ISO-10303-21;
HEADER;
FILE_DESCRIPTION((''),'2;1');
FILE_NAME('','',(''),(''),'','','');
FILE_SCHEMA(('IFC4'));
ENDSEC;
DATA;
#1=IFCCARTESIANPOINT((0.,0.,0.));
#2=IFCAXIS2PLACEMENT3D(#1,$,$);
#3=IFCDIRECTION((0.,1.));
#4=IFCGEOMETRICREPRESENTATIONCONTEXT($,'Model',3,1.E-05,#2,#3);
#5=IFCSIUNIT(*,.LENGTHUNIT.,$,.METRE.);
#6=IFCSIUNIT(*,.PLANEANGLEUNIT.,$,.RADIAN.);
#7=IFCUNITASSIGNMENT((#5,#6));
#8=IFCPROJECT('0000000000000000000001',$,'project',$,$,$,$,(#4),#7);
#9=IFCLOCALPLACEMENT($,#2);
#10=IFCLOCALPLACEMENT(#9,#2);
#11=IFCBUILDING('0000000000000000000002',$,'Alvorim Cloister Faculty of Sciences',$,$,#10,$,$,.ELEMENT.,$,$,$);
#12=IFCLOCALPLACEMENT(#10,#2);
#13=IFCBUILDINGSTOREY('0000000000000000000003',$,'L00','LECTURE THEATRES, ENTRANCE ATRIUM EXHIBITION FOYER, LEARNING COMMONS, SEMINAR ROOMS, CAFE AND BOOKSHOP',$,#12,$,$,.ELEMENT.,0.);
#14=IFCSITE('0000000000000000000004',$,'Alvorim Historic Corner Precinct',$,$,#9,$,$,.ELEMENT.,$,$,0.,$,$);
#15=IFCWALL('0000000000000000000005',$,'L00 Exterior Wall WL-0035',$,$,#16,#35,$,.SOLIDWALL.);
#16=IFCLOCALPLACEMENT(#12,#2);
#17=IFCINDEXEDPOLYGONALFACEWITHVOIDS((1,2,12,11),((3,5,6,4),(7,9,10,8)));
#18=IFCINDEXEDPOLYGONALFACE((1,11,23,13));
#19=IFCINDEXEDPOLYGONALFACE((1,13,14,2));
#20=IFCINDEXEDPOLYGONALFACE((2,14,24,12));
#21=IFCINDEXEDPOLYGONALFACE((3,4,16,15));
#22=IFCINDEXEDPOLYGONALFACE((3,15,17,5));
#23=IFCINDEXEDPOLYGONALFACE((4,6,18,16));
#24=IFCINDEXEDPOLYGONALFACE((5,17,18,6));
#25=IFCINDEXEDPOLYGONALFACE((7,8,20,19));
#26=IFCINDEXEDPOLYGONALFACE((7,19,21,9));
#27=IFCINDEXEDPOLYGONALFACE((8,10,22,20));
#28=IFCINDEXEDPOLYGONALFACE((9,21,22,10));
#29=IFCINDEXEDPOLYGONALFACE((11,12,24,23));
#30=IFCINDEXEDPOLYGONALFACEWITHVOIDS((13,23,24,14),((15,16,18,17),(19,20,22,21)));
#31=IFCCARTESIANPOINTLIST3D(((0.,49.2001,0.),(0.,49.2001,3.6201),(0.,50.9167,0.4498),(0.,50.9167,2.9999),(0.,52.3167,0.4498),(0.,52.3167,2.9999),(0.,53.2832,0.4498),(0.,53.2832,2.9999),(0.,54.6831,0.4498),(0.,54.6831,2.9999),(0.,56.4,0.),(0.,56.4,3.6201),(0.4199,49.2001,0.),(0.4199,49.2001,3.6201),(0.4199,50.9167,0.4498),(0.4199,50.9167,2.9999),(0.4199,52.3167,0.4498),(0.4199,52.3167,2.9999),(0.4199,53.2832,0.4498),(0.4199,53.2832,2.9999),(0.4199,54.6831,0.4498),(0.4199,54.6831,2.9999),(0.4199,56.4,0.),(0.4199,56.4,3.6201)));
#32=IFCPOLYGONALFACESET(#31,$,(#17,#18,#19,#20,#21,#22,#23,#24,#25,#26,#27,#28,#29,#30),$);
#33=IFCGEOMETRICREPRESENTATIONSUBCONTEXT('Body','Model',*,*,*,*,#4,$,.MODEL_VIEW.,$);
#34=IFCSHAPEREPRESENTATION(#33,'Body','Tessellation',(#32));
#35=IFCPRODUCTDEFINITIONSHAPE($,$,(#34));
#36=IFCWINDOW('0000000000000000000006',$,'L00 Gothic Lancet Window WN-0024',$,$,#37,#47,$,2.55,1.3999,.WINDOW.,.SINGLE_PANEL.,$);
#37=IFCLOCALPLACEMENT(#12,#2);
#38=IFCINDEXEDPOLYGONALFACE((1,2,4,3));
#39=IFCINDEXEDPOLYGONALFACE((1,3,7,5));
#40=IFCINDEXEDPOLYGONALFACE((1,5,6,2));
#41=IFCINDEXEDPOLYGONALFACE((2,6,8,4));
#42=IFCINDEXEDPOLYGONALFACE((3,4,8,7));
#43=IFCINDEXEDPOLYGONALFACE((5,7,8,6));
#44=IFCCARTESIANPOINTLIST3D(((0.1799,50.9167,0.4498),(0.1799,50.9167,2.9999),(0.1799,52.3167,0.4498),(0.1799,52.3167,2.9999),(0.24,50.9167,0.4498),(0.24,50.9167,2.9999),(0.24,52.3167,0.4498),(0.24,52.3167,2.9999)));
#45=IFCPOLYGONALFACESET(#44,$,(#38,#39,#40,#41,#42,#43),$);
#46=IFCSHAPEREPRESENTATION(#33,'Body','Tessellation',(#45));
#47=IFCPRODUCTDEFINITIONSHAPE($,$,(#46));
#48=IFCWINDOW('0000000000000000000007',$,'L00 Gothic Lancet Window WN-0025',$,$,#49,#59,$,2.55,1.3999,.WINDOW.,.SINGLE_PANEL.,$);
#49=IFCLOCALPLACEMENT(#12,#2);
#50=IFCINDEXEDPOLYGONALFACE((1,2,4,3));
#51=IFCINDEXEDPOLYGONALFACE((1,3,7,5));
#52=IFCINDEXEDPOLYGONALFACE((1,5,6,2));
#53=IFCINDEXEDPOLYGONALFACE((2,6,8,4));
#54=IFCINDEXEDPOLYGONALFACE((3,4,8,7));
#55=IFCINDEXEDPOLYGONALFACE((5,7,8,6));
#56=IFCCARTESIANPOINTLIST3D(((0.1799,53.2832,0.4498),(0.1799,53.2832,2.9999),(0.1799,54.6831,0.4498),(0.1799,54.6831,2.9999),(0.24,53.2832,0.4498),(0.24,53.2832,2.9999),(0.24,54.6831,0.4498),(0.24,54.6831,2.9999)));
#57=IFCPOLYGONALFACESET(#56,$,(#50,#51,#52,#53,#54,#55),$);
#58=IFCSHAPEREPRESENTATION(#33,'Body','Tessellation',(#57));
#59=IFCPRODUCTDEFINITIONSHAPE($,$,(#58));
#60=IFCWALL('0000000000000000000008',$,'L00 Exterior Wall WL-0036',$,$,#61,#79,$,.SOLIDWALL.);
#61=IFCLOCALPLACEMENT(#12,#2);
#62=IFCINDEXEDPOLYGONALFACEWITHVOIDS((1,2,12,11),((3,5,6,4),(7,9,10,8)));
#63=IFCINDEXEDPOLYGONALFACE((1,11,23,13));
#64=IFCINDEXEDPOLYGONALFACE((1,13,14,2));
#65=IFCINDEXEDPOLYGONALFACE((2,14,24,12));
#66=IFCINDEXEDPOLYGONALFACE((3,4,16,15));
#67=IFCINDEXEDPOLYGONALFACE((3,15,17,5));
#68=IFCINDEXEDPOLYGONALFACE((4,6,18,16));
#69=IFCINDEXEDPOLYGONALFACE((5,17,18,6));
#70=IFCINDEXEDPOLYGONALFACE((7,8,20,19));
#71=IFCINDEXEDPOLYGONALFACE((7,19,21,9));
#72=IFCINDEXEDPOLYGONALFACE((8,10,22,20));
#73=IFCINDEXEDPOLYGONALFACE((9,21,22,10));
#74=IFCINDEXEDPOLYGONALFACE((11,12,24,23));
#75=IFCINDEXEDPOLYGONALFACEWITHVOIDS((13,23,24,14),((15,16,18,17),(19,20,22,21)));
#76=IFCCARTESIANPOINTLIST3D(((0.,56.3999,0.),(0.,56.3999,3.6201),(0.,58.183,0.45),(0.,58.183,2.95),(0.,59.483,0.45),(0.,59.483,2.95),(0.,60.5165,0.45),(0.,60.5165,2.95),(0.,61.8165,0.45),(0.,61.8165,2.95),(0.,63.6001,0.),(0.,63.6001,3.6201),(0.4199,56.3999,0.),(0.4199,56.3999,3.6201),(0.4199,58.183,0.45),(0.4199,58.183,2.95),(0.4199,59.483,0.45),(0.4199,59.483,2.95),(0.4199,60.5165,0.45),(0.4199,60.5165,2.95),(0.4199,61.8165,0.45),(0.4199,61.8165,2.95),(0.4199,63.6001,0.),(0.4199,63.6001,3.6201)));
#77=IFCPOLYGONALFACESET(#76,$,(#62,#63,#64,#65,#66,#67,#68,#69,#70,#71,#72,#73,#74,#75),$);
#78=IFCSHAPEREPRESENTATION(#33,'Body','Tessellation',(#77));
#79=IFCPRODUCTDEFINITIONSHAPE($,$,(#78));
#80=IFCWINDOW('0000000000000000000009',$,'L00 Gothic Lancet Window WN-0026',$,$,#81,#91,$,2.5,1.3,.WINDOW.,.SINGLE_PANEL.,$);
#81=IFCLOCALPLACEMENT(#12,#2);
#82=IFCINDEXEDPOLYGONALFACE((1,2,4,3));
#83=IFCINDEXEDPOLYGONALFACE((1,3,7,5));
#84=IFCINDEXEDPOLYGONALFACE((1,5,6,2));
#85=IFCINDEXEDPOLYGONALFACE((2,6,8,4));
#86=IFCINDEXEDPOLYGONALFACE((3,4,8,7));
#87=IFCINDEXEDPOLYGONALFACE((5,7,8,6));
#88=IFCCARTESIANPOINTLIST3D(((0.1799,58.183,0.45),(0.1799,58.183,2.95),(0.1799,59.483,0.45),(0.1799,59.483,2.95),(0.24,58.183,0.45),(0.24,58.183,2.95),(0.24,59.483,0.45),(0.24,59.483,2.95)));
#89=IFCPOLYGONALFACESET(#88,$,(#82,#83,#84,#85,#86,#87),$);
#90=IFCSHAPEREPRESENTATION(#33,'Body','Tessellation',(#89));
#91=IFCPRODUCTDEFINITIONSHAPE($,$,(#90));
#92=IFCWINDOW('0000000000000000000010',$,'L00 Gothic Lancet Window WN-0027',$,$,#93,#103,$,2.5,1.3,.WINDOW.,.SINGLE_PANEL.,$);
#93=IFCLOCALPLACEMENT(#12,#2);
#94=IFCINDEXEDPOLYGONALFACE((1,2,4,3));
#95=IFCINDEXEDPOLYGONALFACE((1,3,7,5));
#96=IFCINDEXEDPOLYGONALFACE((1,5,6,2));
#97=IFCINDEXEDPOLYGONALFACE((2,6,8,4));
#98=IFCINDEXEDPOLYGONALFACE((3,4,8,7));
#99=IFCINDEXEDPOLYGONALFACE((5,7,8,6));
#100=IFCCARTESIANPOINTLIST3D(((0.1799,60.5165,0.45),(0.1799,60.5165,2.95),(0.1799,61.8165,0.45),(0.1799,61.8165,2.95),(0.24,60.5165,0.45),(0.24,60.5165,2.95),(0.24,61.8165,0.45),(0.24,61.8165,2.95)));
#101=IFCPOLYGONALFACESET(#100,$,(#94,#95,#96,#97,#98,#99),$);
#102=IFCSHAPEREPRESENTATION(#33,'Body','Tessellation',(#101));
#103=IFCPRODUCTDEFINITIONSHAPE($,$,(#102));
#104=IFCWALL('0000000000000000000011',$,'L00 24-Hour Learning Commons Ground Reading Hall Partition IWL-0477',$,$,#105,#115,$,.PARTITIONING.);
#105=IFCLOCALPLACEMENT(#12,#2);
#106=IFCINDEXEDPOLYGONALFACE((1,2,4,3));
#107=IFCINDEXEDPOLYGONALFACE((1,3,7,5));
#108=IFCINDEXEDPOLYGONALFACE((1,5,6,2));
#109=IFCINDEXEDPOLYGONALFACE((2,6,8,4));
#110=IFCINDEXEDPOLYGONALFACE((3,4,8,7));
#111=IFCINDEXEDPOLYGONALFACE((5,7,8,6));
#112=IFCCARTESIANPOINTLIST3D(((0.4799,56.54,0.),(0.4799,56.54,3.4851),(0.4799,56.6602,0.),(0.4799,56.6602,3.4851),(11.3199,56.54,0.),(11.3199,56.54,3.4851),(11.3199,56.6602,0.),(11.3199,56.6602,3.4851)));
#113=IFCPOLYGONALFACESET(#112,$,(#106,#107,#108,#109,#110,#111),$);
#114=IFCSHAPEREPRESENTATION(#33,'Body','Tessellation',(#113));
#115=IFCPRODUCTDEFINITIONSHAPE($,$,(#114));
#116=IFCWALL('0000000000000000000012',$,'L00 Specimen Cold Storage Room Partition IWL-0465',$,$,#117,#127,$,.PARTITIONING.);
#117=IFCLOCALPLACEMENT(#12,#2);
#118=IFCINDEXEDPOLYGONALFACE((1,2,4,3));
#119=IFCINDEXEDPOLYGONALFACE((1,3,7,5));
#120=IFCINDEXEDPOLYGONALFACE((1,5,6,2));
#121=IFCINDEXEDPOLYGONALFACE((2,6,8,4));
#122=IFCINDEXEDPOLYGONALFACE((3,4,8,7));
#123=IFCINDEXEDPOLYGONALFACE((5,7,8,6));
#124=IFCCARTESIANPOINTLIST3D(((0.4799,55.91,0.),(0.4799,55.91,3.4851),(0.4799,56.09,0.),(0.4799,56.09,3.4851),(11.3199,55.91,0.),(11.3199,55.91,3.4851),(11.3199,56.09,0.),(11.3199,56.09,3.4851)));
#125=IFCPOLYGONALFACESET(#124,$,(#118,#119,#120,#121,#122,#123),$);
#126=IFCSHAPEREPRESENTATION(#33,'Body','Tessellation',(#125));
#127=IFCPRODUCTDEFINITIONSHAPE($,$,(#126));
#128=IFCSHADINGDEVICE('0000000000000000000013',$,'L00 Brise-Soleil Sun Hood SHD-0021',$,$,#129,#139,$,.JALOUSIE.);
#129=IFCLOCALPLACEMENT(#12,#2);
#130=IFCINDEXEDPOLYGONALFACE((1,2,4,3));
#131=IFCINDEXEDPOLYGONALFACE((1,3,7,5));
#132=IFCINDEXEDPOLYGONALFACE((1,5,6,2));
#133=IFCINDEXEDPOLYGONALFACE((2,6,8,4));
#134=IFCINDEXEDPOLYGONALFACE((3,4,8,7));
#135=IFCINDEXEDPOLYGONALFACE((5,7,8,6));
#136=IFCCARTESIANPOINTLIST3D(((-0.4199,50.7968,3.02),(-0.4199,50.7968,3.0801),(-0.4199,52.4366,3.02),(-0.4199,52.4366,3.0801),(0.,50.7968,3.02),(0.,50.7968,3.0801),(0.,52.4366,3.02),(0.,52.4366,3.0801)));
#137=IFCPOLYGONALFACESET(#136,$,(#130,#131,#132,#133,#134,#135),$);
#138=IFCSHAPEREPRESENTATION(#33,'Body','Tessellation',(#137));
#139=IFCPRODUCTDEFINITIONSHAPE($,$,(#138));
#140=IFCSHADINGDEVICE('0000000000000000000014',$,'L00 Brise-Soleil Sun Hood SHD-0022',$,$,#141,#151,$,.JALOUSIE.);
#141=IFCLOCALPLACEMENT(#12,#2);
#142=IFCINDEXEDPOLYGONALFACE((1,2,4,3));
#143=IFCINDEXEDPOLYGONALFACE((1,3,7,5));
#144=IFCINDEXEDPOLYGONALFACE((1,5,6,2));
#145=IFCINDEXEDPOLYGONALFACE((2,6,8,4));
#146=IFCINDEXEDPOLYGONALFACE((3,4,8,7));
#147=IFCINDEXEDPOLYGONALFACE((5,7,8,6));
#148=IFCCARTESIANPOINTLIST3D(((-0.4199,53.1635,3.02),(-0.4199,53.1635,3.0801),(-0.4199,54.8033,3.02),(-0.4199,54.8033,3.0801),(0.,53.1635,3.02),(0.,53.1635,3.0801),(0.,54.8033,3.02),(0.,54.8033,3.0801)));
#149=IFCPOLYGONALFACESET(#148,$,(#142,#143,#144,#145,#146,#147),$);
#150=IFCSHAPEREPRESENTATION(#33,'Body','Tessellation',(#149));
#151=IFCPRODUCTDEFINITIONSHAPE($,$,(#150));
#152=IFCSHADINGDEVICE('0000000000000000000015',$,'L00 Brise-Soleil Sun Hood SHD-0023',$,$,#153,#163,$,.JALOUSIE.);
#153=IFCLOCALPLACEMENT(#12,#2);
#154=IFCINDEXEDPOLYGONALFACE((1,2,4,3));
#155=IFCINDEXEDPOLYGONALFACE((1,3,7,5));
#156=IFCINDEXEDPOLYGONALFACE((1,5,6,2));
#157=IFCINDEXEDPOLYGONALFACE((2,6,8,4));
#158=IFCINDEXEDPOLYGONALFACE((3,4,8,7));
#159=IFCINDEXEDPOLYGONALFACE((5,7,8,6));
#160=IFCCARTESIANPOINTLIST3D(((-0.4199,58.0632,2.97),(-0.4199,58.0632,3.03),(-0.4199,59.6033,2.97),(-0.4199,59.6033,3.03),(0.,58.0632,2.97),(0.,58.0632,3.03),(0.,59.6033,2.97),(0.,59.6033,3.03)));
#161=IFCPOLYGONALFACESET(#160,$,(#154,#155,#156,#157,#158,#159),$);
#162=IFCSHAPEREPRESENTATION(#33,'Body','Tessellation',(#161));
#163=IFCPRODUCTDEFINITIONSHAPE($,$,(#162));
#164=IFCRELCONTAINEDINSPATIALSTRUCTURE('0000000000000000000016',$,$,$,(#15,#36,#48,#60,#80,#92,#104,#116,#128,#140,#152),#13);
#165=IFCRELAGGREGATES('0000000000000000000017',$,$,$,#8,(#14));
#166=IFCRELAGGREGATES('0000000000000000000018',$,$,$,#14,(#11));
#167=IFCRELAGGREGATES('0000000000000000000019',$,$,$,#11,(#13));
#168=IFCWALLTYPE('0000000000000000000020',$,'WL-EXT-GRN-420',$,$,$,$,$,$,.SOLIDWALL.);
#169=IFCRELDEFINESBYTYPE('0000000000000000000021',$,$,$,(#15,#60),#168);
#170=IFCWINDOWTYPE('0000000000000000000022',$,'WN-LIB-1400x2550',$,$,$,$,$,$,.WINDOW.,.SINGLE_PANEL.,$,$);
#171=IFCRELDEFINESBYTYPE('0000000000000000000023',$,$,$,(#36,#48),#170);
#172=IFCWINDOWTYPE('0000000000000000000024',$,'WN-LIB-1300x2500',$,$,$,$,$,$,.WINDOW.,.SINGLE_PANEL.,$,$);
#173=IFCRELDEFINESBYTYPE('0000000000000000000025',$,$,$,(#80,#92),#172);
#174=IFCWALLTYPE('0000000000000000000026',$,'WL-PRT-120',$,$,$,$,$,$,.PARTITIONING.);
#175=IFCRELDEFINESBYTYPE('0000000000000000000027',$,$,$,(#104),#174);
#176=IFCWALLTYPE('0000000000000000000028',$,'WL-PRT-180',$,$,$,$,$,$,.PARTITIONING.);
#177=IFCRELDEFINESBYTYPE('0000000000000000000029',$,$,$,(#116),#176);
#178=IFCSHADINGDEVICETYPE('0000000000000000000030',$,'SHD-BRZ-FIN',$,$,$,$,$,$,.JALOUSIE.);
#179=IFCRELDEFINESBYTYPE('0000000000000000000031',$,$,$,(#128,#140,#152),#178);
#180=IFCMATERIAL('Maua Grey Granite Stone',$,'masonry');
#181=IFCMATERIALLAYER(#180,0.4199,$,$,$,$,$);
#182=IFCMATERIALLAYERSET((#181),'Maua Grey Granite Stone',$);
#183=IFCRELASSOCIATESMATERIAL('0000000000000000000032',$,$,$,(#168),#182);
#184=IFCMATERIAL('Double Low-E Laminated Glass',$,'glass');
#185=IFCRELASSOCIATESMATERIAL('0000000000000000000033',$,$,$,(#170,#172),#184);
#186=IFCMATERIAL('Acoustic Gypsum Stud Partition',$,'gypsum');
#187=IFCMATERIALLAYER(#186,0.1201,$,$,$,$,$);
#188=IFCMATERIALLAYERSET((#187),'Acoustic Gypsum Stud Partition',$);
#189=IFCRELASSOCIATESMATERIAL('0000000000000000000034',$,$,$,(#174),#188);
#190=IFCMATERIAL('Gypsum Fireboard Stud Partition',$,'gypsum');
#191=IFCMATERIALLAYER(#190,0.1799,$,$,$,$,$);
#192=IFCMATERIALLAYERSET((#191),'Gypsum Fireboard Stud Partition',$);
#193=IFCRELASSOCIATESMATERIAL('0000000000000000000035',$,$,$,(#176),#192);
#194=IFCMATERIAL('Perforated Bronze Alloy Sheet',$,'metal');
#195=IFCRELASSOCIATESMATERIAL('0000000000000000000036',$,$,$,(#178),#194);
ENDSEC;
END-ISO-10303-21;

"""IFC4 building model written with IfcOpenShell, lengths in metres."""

from ifc_helpers import new_model, si_unit, direction, frame, frame_2d, origin, origin_2d, place, context, subcontext, project, spatial, rectangle, extrude, material, layer, layer_set, type_object, element, fill, save


model = new_model("IFC4")

# Units and contexts
model_context = context("Model", 3, precision=1e-05, world=origin(), true_north=direction((0.0, 1.0)))
body_context = subcontext(model_context, "Body", "Model", "MODEL_VIEW")
ifc_project = project(units=[si_unit("LENGTHUNIT", "METRE"), si_unit("PLANEANGLEUNIT", "RADIAN")], contexts=[model_context])

# Site, building, storey
site_placement = place(None, origin())
site = spatial("IfcSite", under=ifc_project, at=site_placement, Name="Alvorim Historic Corner Precinct", CompositionType="ELEMENT", RefElevation=0.0)
building_placement = place(site_placement, origin())
building = spatial("IfcBuilding", under=site, at=building_placement, Name="Alvorim Cloister Faculty of Sciences", CompositionType="ELEMENT")
storey_placement = place(building_placement, origin())
storey = spatial("IfcBuildingStorey", under=building, at=storey_placement, Name="L00", Description="LECTURE THEATRES, ENTRANCE ATRIUM EXHIBITION FOYER, LEARNING COMMONS, SEMINAR ROOMS, CAFE AND BOOKSHOP", CompositionType="ELEMENT", Elevation=0.0)

# Shared definitions
ifc_material_1 = material(Name="Maua Grey Granite Stone", Category="masonry")

# Walls, openings, windows
ifc_layer_1 = layer(ifc_material_1, 0.4199)
ifc_layer_set_1 = layer_set([ifc_layer_1], Name="Maua Grey Granite Stone")
wall_type_1 = type_object("IfcWallType", Name="WL-EXT-GRN-420", PredefinedType="SOLIDWALL", material=ifc_layer_set_1)
wall_1_placement = place(storey_placement, frame((0.21, 49.2, 0.0), z_axis=(0.0, 0.0, 1.0), x_axis=(0.0, 1.0, 0.0)))
wall_1 = element("IfcWall", 1, at=wall_1_placement, inside=storey, type_object=wall_type_1, Name="L00 Exterior Wall WL-0035", PredefinedType="SOLIDWALL", context=body_context, shape_type="SweptSolid", body=[
    extrude(rectangle(XDim=7.2, YDim=0.4199, at=frame_2d((3.6001, 0.0))), origin(), (0.0, 0.0, 1.0), 3.6201),
])
opening_1_placement = place(wall_1_placement, frame((1.7168, 0.0, 0.45)))
opening_1 = element("IfcOpeningElement", 2, at=opening_1_placement, cuts=wall_1, PredefinedType="OPENING", context=body_context, shape_type="SweptSolid", body=[
    extrude(rectangle(XDim=1.3999, YDim=2.55, at=frame_2d((0.7, 1.2749))), frame((0.0, 0.2219, 0.0), z_axis=(0.0, -1.0, 0.0), x_axis=(1.0, 0.0, 0.0)), (0.0, 0.0, 1.0), 0.4438),
])
opening_2_placement = place(wall_1_placement, frame((4.0833, 0.0, 0.45)))
opening_2 = element("IfcOpeningElement", 3, at=opening_2_placement, cuts=wall_1, PredefinedType="OPENING", context=body_context, shape_type="SweptSolid", body=[
    extrude(rectangle(XDim=1.3999, YDim=2.55, at=frame_2d((0.7, 1.2749))), frame((0.0, 0.2219, 0.0), z_axis=(0.0, -1.0, 0.0), x_axis=(1.0, 0.0, 0.0)), (0.0, 0.0, 1.0), 0.4438),
])
ifc_material_2 = material(Name="Double Low-E Laminated Glass", Category="glass")
window_type_1 = type_object("IfcWindowType", Name="WN-LIB-1400x2550", PartitioningType="SINGLE_PANEL", PredefinedType="WINDOW", material=ifc_material_2)
window_1_placement = place(opening_1_placement, origin())
window_1 = element("IfcWindow", 4, at=window_1_placement, inside=storey, type_object=window_type_1, Name="L00 Gothic Lancet Window WN-0024", OverallHeight=2.55, OverallWidth=1.3999, PartitioningType="SINGLE_PANEL", PredefinedType="WINDOW", context=body_context, shape_type="SweptSolid", body=[
    extrude(rectangle(XDim=1.3999, YDim=2.55, at=frame_2d((0.7, 1.2749))), frame((0.0, 0.03, 0.0), z_axis=(0.0, -1.0, 0.0), x_axis=(1.0, 0.0, 0.0)), (0.0, 0.0, 1.0), 0.0601),
])
fill(opening_1, window_1)
window_2_placement = place(opening_2_placement, origin())
window_2 = element("IfcWindow", 5, at=window_2_placement, inside=storey, type_object=window_type_1, Name="L00 Gothic Lancet Window WN-0025", OverallHeight=2.55, OverallWidth=1.3999, PartitioningType="SINGLE_PANEL", PredefinedType="WINDOW", context=body_context, shape_type="SweptSolid", body=[
    extrude(rectangle(XDim=1.3999, YDim=2.55, at=frame_2d((0.7, 1.2749))), frame((0.0, 0.03, 0.0), z_axis=(0.0, -1.0, 0.0), x_axis=(1.0, 0.0, 0.0)), (0.0, 0.0, 1.0), 0.0601),
])
fill(opening_2, window_2)
wall_2_placement = place(storey_placement, frame((0.21, 56.3999, 0.0), z_axis=(0.0, 0.0, 1.0), x_axis=(0.0, 1.0, 0.0)))
wall_2 = element("IfcWall", 6, at=wall_2_placement, inside=storey, type_object=wall_type_1, Name="L00 Exterior Wall WL-0036", PredefinedType="SOLIDWALL", context=body_context, shape_type="SweptSolid", body=[
    extrude(rectangle(XDim=7.2002, YDim=0.4199, at=frame_2d((3.6001, 0.0))), origin(), (0.0, 0.0, 1.0), 3.6201),
])
opening_3_placement = place(wall_2_placement, frame((1.7832, 0.0, 0.45)))
opening_3 = element("IfcOpeningElement", 7, at=opening_3_placement, cuts=wall_2, PredefinedType="OPENING", context=body_context, shape_type="SweptSolid", body=[
    extrude(rectangle(XDim=1.3, YDim=2.5, at=frame_2d((0.6499, 1.25))), frame((0.0, 0.2219, 0.0), z_axis=(0.0, -1.0, 0.0), x_axis=(1.0, 0.0, 0.0)), (0.0, 0.0, 1.0), 0.4438),
])
opening_4_placement = place(wall_2_placement, frame((4.1167, 0.0, 0.45)))
opening_4 = element("IfcOpeningElement", 8, at=opening_4_placement, cuts=wall_2, PredefinedType="OPENING", context=body_context, shape_type="SweptSolid", body=[
    extrude(rectangle(XDim=1.3, YDim=2.5, at=frame_2d((0.6499, 1.25))), frame((0.0, 0.2219, 0.0), z_axis=(0.0, -1.0, 0.0), x_axis=(1.0, 0.0, 0.0)), (0.0, 0.0, 1.0), 0.4438),
])
window_type_2 = type_object("IfcWindowType", Name="WN-LIB-1300x2500", PartitioningType="SINGLE_PANEL", PredefinedType="WINDOW", material=ifc_material_2)
window_3_placement = place(opening_3_placement, origin())
window_3 = element("IfcWindow", 9, at=window_3_placement, inside=storey, type_object=window_type_2, Name="L00 Gothic Lancet Window WN-0026", OverallHeight=2.5, OverallWidth=1.3, PartitioningType="SINGLE_PANEL", PredefinedType="WINDOW", context=body_context, shape_type="SweptSolid", body=[
    extrude(rectangle(XDim=1.3, YDim=2.5, at=frame_2d((0.6499, 1.25))), frame((0.0, 0.03, 0.0), z_axis=(0.0, -1.0, 0.0), x_axis=(1.0, 0.0, 0.0)), (0.0, 0.0, 1.0), 0.0601),
])
fill(opening_3, window_3)
window_4_placement = place(opening_4_placement, origin())
window_4 = element("IfcWindow", 10, at=window_4_placement, inside=storey, type_object=window_type_2, Name="L00 Gothic Lancet Window WN-0027", OverallHeight=2.5, OverallWidth=1.3, PartitioningType="SINGLE_PANEL", PredefinedType="WINDOW", context=body_context, shape_type="SweptSolid", body=[
    extrude(rectangle(XDim=1.3, YDim=2.5, at=frame_2d((0.6499, 1.25))), frame((0.0, 0.03, 0.0), z_axis=(0.0, -1.0, 0.0), x_axis=(1.0, 0.0, 0.0)), (0.0, 0.0, 1.0), 0.0601),
])
fill(opening_4, window_4)

# Walls
ifc_material_3 = material(Name="Acoustic Gypsum Stud Partition", Category="gypsum")
ifc_layer_2 = layer(ifc_material_3, 0.1201)
ifc_layer_set_2 = layer_set([ifc_layer_2], Name="Acoustic Gypsum Stud Partition")
wall_type_2 = type_object("IfcWallType", Name="WL-PRT-120", PredefinedType="PARTITIONING", material=ifc_layer_set_2)
wall_3_placement = place(storey_placement, frame((0.48, 56.6001, 0.0), z_axis=(0.0, 0.0, 1.0), x_axis=(1.0, 0.0, 0.0)))
element("IfcWall", 11, at=wall_3_placement, inside=storey, type_object=wall_type_2, Name="L00 24-Hour Learning Commons Ground Reading Hall Partition IWL-0477", PredefinedType="PARTITIONING", context=body_context, shape_type="SweptSolid", body=[
    extrude(rectangle(XDim=10.8401, YDim=0.1201, at=frame_2d((5.4199, 0.0))), origin(), (0.0, 0.0, 1.0), 3.4851),
])
ifc_material_4 = material(Name="Gypsum Fireboard Stud Partition", Category="gypsum")
ifc_layer_3 = layer(ifc_material_4, 0.1799)
ifc_layer_set_3 = layer_set([ifc_layer_3], Name="Gypsum Fireboard Stud Partition")
wall_type_3 = type_object("IfcWallType", Name="WL-PRT-180", PredefinedType="PARTITIONING", material=ifc_layer_set_3)
wall_4_placement = place(storey_placement, frame((0.48, 56.0, 0.0), z_axis=(0.0, 0.0, 1.0), x_axis=(1.0, 0.0, 0.0)))
element("IfcWall", 12, at=wall_4_placement, inside=storey, type_object=wall_type_3, Name="L00 Specimen Cold Storage Room Partition IWL-0465", PredefinedType="PARTITIONING", context=body_context, shape_type="SweptSolid", body=[
    extrude(rectangle(XDim=10.8401, YDim=0.1799, at=frame_2d((5.4199, 0.0))), origin(), (0.0, 0.0, 1.0), 3.4851),
])

# Shading devices
ifc_material_5 = material(Name="Perforated Bronze Alloy Sheet", Category="metal")
shading_device_type = type_object("IfcShadingDeviceType", Name="SHD-BRZ-FIN", PredefinedType="JALOUSIE", material=ifc_material_5)
for number, where, z_axis, x_axis, name in (
    (13, (-0.21, 51.6167, 3.02), (0.0, 0.0, 1.0), (1.0, 0.0, 0.0), "L00 Brise-Soleil Sun Hood SHD-0021"),
    (14, (-0.21, 53.9834, 3.02), (0.0, 0.0, 1.0), (1.0, 0.0, 0.0), "L00 Brise-Soleil Sun Hood SHD-0022"),
):
    element("IfcShadingDevice", number, at=place(storey_placement, frame(where, z_axis=z_axis, x_axis=x_axis)), inside=storey, type_object=shading_device_type, Name=name, PredefinedType="JALOUSIE", context=body_context, shape_type="SweptSolid", body=[
        extrude(rectangle(XDim=0.4199, YDim=1.6399, at=origin_2d()), origin(), (0.0, 0.0, 1.0), 0.0601),
    ])
shading_device_placement = place(storey_placement, frame((-0.21, 58.8333, 2.97), z_axis=(0.0, 0.0, 1.0), x_axis=(1.0, 0.0, 0.0)))
element("IfcShadingDevice", 15, at=shading_device_placement, inside=storey, type_object=shading_device_type, Name="L00 Brise-Soleil Sun Hood SHD-0023", PredefinedType="JALOUSIE", context=body_context, shape_type="SweptSolid", body=[
    extrude(rectangle(XDim=0.4199, YDim=1.54, at=origin_2d()), origin(), (0.0, 0.0, 1.0), 0.0601),
])

save(model, "model.ifc")
